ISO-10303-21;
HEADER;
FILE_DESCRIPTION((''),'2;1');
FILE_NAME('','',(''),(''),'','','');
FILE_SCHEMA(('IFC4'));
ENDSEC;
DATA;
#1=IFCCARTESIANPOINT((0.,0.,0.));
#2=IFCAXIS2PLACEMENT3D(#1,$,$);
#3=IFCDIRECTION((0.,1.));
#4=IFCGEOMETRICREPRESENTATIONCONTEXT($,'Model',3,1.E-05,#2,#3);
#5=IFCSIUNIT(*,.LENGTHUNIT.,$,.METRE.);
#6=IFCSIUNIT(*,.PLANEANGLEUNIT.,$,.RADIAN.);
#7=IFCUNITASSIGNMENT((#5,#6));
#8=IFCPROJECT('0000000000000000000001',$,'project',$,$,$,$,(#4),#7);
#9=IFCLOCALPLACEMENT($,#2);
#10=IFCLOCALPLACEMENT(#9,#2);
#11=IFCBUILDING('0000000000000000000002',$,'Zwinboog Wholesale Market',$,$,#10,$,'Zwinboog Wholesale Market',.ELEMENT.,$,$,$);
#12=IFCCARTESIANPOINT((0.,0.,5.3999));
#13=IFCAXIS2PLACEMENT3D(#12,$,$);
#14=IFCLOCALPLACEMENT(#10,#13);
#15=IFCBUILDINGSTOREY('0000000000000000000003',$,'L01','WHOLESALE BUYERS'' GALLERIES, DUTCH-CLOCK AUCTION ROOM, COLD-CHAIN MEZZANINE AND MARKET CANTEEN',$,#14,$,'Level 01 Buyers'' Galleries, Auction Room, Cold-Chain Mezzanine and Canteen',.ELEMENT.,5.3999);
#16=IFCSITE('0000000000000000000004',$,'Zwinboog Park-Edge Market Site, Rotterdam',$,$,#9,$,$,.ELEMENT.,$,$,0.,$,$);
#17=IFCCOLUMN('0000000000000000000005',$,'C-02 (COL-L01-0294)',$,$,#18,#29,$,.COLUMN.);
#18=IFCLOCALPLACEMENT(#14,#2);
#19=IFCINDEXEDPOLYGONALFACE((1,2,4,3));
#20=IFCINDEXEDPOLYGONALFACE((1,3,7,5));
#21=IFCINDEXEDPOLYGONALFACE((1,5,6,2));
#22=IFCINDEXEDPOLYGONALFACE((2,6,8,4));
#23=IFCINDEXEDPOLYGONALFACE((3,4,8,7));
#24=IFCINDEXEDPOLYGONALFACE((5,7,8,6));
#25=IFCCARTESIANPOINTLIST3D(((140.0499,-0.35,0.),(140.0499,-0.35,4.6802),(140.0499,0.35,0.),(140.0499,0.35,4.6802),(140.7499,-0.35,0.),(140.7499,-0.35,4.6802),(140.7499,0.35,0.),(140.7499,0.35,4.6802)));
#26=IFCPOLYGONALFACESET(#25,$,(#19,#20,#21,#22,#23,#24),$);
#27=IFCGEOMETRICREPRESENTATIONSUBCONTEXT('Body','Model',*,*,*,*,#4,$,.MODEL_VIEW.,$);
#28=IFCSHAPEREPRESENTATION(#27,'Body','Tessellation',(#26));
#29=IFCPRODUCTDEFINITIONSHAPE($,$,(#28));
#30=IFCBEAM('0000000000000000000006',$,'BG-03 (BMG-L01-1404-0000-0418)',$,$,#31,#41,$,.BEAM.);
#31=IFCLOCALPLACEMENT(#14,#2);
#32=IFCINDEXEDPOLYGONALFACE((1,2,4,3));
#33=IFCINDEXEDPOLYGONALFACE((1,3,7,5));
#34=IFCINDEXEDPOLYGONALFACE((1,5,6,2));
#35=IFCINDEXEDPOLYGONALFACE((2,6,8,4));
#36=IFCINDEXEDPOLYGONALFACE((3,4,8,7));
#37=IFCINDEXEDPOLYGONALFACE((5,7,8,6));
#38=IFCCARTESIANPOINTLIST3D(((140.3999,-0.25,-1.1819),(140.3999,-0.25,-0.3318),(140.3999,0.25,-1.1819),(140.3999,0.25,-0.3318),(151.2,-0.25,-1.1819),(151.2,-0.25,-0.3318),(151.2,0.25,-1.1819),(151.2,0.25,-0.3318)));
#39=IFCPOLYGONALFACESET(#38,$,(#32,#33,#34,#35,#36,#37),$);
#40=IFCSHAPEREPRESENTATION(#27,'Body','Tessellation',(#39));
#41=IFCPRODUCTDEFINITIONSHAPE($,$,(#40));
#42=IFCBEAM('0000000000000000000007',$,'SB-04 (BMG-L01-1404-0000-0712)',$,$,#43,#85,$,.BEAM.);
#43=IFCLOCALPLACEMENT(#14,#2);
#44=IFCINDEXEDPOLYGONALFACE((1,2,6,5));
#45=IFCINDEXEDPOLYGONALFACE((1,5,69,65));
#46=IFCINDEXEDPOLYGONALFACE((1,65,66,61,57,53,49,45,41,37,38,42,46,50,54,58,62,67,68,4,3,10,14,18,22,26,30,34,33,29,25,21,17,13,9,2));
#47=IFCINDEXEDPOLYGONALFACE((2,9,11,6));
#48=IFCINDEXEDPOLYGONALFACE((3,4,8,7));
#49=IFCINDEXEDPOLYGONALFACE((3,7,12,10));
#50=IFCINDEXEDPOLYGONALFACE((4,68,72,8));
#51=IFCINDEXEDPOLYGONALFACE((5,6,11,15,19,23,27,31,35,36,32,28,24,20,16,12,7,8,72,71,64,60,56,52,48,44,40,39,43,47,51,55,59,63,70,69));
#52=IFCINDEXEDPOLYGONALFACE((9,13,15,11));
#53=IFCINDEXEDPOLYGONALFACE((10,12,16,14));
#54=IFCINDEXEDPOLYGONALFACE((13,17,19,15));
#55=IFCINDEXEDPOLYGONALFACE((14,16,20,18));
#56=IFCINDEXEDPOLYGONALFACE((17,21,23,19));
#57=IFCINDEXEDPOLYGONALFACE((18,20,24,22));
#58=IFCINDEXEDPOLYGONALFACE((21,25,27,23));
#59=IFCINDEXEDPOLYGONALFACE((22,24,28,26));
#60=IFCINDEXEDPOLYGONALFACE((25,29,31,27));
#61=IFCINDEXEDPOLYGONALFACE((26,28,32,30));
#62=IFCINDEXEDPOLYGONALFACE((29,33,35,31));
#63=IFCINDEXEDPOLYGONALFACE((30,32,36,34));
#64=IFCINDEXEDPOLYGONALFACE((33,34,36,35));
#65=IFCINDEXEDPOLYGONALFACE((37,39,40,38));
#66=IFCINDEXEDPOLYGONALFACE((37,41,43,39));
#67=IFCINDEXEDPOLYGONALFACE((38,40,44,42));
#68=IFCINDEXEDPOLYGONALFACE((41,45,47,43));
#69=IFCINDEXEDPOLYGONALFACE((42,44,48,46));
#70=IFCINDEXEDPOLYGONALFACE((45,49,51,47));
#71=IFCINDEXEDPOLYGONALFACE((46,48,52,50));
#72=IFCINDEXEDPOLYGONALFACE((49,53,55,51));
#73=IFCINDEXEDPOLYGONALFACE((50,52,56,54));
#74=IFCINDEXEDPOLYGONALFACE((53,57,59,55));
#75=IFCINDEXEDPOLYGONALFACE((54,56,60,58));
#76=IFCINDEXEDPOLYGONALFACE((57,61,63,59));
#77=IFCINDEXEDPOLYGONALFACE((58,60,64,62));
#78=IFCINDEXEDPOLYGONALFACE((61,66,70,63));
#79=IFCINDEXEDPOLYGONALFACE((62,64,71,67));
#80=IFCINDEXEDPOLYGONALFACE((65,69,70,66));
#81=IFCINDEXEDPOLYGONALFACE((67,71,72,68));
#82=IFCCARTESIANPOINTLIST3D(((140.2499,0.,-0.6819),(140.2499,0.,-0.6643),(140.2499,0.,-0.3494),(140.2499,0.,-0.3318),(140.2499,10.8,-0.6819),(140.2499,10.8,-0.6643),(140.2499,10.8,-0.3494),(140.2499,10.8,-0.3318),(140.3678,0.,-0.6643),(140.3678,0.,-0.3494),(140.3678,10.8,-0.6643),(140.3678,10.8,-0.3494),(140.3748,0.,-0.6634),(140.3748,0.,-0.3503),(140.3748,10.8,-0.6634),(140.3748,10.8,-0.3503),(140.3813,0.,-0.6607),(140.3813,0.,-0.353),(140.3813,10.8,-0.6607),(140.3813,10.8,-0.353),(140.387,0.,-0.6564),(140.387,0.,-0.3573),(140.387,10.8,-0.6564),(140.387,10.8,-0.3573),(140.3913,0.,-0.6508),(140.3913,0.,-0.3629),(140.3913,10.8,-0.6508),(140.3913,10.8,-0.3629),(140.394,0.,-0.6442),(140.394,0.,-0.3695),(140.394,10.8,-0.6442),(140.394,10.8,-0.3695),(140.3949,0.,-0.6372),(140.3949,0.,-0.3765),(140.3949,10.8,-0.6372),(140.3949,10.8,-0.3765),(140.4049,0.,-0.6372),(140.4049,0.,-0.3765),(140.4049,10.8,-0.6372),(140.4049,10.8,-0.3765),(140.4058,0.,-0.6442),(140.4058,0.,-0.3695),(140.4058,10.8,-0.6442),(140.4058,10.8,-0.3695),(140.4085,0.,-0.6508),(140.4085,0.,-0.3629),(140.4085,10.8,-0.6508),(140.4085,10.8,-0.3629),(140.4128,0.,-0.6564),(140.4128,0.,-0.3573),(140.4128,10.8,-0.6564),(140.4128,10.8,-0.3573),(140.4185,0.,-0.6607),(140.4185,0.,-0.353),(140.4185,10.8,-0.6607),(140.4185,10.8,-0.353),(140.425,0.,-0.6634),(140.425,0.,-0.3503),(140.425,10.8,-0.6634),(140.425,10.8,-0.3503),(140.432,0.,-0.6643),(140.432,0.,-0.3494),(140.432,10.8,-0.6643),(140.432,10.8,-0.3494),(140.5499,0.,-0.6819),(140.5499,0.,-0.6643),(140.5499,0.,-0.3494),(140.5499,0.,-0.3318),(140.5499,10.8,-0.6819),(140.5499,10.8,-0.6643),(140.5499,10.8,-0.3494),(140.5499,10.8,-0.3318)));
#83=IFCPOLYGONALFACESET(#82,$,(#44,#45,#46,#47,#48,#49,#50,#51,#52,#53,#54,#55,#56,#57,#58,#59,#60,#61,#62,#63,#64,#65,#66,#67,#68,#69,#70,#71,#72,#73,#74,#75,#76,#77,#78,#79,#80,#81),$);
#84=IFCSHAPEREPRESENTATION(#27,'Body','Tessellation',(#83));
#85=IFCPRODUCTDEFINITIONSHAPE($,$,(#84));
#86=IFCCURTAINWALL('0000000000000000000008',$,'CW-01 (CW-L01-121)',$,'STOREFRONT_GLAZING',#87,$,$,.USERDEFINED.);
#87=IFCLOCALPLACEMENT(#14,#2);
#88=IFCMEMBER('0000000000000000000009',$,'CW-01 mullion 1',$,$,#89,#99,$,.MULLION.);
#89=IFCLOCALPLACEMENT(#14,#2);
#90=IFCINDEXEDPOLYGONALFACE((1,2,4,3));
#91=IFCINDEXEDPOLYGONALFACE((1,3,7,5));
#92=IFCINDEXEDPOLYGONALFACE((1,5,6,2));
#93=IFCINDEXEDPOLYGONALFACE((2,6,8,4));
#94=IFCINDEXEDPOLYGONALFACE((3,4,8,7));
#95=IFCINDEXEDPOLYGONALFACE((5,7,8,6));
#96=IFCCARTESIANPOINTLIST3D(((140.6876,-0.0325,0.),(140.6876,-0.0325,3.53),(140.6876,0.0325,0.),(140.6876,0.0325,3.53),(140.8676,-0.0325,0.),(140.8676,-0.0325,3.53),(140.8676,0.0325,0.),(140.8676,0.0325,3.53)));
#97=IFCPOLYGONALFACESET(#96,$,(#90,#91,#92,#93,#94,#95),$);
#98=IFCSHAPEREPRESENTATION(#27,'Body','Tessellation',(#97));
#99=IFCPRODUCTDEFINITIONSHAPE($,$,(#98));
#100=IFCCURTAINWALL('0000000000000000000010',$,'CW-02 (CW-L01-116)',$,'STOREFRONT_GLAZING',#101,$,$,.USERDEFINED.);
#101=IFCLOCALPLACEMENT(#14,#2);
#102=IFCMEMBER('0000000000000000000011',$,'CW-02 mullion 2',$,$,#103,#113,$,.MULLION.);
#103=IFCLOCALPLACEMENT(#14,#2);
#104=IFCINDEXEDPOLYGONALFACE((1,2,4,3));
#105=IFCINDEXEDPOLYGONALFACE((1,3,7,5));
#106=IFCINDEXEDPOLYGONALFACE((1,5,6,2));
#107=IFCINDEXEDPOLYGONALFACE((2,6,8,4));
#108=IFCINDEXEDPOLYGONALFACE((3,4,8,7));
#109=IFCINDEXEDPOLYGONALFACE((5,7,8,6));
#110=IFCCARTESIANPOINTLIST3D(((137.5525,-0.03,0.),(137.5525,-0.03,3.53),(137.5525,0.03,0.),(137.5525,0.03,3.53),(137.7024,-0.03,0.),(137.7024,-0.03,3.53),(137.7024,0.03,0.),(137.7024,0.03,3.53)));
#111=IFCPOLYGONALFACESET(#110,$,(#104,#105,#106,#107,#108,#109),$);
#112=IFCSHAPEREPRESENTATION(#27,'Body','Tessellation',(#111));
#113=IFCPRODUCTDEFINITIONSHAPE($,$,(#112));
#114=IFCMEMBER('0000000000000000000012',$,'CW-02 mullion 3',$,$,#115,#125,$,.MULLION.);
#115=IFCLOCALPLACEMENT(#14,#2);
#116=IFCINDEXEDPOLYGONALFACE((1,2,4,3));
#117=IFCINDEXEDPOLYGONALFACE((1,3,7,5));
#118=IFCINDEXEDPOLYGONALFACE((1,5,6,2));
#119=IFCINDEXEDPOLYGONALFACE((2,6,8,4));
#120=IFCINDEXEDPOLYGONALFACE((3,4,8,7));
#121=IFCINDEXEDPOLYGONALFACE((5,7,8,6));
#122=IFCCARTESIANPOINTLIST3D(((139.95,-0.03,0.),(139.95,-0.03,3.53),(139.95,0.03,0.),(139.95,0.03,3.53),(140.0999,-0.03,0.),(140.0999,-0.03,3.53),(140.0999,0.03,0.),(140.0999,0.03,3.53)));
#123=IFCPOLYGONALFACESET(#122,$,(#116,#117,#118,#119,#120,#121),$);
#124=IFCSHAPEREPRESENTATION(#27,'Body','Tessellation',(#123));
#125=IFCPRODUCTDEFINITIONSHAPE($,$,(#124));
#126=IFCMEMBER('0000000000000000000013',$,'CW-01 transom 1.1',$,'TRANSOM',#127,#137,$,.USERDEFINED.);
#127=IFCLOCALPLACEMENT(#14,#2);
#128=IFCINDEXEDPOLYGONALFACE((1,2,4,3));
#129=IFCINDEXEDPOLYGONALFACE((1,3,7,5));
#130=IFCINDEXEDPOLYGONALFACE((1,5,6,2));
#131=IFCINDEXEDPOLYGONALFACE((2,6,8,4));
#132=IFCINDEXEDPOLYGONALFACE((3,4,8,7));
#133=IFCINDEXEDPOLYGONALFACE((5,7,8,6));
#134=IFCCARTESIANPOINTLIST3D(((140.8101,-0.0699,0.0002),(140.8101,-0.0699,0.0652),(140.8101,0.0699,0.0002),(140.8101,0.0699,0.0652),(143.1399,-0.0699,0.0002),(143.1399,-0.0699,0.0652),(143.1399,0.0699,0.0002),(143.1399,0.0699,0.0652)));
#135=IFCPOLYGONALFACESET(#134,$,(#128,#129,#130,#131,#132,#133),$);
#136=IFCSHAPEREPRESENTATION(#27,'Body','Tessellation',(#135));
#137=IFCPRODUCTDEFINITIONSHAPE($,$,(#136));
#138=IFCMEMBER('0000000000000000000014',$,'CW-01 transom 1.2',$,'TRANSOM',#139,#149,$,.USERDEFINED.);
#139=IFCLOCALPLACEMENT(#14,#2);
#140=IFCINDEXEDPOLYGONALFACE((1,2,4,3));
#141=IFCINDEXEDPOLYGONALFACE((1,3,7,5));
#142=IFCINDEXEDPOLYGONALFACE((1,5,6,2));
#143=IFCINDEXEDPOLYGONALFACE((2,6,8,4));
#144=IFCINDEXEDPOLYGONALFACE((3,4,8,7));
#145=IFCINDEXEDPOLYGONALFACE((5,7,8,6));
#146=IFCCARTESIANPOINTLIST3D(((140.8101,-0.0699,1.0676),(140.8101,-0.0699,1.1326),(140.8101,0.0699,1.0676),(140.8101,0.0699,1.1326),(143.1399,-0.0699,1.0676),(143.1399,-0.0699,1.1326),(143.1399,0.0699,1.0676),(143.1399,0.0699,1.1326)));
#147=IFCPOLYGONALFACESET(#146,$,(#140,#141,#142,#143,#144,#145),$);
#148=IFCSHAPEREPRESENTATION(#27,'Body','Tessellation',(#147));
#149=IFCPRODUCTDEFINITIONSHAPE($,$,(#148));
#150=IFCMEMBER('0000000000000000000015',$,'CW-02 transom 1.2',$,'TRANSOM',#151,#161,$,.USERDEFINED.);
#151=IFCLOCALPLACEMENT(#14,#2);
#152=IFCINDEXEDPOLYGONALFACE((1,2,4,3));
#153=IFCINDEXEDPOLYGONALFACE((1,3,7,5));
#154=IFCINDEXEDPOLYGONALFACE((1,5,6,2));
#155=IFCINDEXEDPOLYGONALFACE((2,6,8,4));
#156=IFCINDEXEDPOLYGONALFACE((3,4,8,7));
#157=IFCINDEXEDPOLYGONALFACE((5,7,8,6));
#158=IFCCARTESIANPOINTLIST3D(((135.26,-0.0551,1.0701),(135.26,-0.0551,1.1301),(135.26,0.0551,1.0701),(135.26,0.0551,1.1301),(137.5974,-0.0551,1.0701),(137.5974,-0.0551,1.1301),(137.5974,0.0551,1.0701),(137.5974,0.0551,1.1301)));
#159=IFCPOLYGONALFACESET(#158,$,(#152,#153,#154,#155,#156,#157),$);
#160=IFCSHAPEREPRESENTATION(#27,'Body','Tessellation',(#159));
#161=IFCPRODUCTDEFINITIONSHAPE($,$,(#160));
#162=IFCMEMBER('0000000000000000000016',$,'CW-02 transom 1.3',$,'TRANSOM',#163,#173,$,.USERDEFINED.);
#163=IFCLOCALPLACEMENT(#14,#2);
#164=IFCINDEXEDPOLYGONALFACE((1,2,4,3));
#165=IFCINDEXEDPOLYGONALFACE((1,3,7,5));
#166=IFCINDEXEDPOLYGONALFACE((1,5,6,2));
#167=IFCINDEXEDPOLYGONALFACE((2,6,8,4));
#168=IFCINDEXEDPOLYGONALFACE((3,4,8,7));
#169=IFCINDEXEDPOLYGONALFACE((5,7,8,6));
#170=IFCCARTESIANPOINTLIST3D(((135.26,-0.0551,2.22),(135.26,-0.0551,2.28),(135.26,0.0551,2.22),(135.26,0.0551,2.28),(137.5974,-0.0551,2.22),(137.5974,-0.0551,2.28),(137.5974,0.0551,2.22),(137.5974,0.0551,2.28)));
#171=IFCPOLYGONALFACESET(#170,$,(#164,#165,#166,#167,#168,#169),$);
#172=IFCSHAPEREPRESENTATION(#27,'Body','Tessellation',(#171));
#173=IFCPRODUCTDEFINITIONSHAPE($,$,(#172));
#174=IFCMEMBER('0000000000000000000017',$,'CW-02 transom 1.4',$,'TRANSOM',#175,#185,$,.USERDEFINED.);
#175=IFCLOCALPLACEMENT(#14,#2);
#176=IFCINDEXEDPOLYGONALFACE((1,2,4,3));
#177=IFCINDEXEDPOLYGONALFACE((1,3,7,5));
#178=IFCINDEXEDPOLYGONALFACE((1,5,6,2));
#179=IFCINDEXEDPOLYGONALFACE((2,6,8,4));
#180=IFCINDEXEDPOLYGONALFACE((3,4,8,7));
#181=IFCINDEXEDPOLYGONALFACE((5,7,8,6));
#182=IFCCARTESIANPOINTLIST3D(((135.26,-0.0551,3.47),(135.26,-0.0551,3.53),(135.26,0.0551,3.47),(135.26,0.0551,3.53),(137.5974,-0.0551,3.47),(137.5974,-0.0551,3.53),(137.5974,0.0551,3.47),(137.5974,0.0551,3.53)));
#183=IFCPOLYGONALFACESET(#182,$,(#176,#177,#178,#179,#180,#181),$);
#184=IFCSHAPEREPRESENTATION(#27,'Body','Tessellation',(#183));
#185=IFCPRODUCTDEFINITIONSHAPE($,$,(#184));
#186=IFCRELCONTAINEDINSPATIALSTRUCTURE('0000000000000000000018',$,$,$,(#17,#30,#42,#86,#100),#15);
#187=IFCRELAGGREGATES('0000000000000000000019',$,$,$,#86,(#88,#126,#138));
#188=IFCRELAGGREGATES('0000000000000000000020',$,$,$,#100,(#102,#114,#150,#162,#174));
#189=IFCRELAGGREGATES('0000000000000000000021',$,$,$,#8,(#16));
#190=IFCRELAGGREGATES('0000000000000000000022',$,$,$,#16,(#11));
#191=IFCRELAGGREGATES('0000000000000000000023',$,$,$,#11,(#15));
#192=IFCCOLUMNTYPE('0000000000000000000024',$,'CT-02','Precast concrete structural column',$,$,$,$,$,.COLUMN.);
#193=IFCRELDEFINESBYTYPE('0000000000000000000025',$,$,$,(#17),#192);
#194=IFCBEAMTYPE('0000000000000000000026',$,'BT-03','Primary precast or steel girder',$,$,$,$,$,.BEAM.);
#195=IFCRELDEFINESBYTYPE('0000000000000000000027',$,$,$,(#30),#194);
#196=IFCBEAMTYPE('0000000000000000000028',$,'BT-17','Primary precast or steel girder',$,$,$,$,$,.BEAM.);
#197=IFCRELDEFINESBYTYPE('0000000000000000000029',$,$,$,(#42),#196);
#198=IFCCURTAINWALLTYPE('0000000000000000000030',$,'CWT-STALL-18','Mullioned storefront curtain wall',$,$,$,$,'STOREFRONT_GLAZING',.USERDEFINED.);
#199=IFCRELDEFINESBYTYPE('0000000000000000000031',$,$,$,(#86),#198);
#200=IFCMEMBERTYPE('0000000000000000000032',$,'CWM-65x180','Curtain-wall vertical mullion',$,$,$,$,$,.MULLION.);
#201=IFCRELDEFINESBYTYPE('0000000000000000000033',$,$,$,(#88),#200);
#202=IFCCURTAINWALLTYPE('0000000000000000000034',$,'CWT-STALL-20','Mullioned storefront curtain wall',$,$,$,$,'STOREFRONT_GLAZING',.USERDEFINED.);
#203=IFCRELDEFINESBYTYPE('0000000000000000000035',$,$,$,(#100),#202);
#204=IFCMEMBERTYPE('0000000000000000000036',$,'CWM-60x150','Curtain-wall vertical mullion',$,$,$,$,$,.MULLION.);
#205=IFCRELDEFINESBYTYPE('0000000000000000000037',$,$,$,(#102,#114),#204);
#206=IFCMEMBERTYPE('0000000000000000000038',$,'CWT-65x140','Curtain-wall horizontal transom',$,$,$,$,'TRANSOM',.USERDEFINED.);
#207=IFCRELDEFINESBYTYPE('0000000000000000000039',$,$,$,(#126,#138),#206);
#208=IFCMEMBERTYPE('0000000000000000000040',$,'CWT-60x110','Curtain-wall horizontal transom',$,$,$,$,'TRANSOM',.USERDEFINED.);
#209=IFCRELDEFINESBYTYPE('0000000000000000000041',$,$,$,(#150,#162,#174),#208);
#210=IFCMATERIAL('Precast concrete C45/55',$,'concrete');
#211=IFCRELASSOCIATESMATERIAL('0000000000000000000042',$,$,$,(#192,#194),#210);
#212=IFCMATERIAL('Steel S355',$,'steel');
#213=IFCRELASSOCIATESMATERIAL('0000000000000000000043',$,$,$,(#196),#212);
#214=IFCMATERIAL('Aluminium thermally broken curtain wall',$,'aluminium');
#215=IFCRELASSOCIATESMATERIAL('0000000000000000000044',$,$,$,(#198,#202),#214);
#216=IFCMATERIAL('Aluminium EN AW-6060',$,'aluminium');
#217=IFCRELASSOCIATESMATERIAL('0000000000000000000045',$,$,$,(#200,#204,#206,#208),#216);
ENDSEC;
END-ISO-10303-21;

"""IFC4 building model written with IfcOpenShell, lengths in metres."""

from ifc_helpers import new_model, si_unit, direction, frame, origin, origin_2d, place, context, subcontext, project, spatial, rectangle, i_section, extrude, material, material_profile, profile_set, type_object, element, aggregate, save


model = new_model("IFC4")

# Units and contexts
model_context = context("Model", 3, precision=1e-05, world=origin(), true_north=direction((0.0, 1.0)))
body_context = subcontext(model_context, "Body", "Model", "MODEL_VIEW")
ifc_project = project(units=[si_unit("LENGTHUNIT", "METRE"), si_unit("PLANEANGLEUNIT", "RADIAN")], contexts=[model_context])

# Site, building, storey
site_placement = place(None, origin())
site = spatial("IfcSite", under=ifc_project, at=site_placement, Name="Zwinboog Park-Edge Market Site, Rotterdam", CompositionType="ELEMENT", RefElevation=0.0)
building_placement = place(site_placement, origin())
building = spatial("IfcBuilding", under=site, at=building_placement, Name="Zwinboog Wholesale Market", LongName="Zwinboog Wholesale Market", CompositionType="ELEMENT")
storey_placement = place(building_placement, frame((0.0, 0.0, 5.3999)))
storey = spatial("IfcBuildingStorey", under=building, at=storey_placement, Name="L01", Description="WHOLESALE BUYERS' GALLERIES, DUTCH-CLOCK AUCTION ROOM, COLD-CHAIN MEZZANINE AND MARKET CANTEEN", LongName="Level 01 Buyers' Galleries, Auction Room, Cold-Chain Mezzanine and Canteen", CompositionType="ELEMENT", Elevation=5.3999)

# Column
ifc_material_1 = material(Name="Precast concrete C45/55", Category="concrete")
ifc_material_profile_1 = material_profile(ifc_material_1, rectangle(XDim=0.7, YDim=0.7, at=origin_2d()), Name="PC 700x700")
ifc_profile_set_1 = profile_set([ifc_material_profile_1], Name="Precast concrete C45/55")
column_type = type_object("IfcColumnType", Name="CT-02", Description="Precast concrete structural column", PredefinedType="COLUMN", material=ifc_profile_set_1)
column_placement = place(storey_placement, frame((140.3999, 0.0, 0.0), z_axis=(0.0, 0.0, 1.0), x_axis=(1.0, 0.0, 0.0)))
element("IfcColumn", 1, at=column_placement, inside=storey, type_object=column_type, Name="C-02 (COL-L01-0294)", PredefinedType="COLUMN", context=body_context, shape_type="SweptSolid", body=[
    extrude(rectangle(XDim=0.7, YDim=0.7, at=origin_2d()), origin(), (0.0, 0.0, 1.0), 4.6802),
])

# Beams
ifc_material_profile_2 = material_profile(ifc_material_1, rectangle(XDim=0.5, YDim=0.8501, at=origin_2d()), Name="PC 500x850")
ifc_profile_set_2 = profile_set([ifc_material_profile_2], Name="Precast concrete C45/55")
beam_type_1 = type_object("IfcBeamType", Name="BT-03", Description="Primary precast or steel girder", PredefinedType="BEAM", material=ifc_profile_set_2)
beam_1_placement = place(storey_placement, frame((140.3999, 0.0, -0.7568), z_axis=(1.0, 0.0, 0.0), x_axis=(0.0, 1.0, 0.0)))
element("IfcBeam", 2, at=beam_1_placement, inside=storey, type_object=beam_type_1, Name="BG-03 (BMG-L01-1404-0000-0418)", PredefinedType="BEAM", context=body_context, shape_type="SweptSolid", body=[
    extrude(rectangle(XDim=0.5, YDim=0.8501, at=origin_2d()), origin(), (0.0, 0.0, 1.0), 10.8),
])
ifc_material_2 = material(Name="Steel S355", Category="steel")
ifc_material_profile_3 = material_profile(ifc_material_2, i_section(OverallWidth=0.3, OverallDepth=0.3501, WebThickness=0.01, FlangeThickness=0.0176, FilletRadius=0.0271, at=origin_2d()), Name="HEA 360")
ifc_profile_set_3 = profile_set([ifc_material_profile_3], Name="Steel S355")
beam_type_2 = type_object("IfcBeamType", Name="BT-17", Description="Primary precast or steel girder", PredefinedType="BEAM", material=ifc_profile_set_3)
beam_2_placement = place(storey_placement, frame((140.3999, 0.0, -0.5068), z_axis=(0.0, 1.0, 0.0), x_axis=(-1.0, 0.0, 0.0)))
element("IfcBeam", 3, at=beam_2_placement, inside=storey, type_object=beam_type_2, Name="SB-04 (BMG-L01-1404-0000-0712)", PredefinedType="BEAM", context=body_context, shape_type="SweptSolid", body=[
    extrude(i_section(OverallWidth=0.3, OverallDepth=0.3501, WebThickness=0.01, FlangeThickness=0.0176, FilletRadius=0.0271, at=origin_2d()), origin(), (0.0, 0.0, 1.0), 10.8),
])

# Curtain wall, member
ifc_material_3 = material(Name="Aluminium thermally broken curtain wall", Category="aluminium")
curtain_wall_type_1 = type_object("IfcCurtainWallType", Name="CWT-STALL-18", Description="Mullioned storefront curtain wall", ElementType="STOREFRONT_GLAZING", PredefinedType="USERDEFINED", material=ifc_material_3)
curtain_wall_1_placement = place(storey_placement, origin())
curtain_wall_1 = element("IfcCurtainWall", 4, at=curtain_wall_1_placement, inside=storey, type_object=curtain_wall_type_1, Name="CW-01 (CW-L01-121)", ObjectType="STOREFRONT_GLAZING", PredefinedType="USERDEFINED")
ifc_material_4 = material(Name="Aluminium EN AW-6060", Category="aluminium")
ifc_material_profile_4 = material_profile(ifc_material_4, rectangle(XDim=0.0649, YDim=0.1799, at=origin_2d()), Name="AL 65x180")
ifc_profile_set_4 = profile_set([ifc_material_profile_4], Name="Aluminium EN AW-6060")
member_type_1 = type_object("IfcMemberType", Name="CWM-65x180", Description="Curtain-wall vertical mullion", PredefinedType="MULLION", material=ifc_profile_set_4)
member_1_placement = place(storey_placement, frame((140.7776, 0.0, 0.0), z_axis=(0.0, 0.0, 1.0), x_axis=(0.0, 1.0, 0.0)))
member_1 = element("IfcMember", 5, at=member_1_placement, type_object=member_type_1, Name="CW-01 mullion 1", PredefinedType="MULLION", context=body_context, shape_type="SweptSolid", body=[
    extrude(rectangle(XDim=0.0649, YDim=0.1799, at=origin_2d()), origin(), (0.0, 0.0, 1.0), 3.53),
])

# Curtain wall, members
curtain_wall_type_2 = type_object("IfcCurtainWallType", Name="CWT-STALL-20", Description="Mullioned storefront curtain wall", ElementType="STOREFRONT_GLAZING", PredefinedType="USERDEFINED", material=ifc_material_3)
curtain_wall_2_placement = place(storey_placement, origin())
curtain_wall_2 = element("IfcCurtainWall", 6, at=curtain_wall_2_placement, inside=storey, type_object=curtain_wall_type_2, Name="CW-02 (CW-L01-116)", ObjectType="STOREFRONT_GLAZING", PredefinedType="USERDEFINED")
ifc_material_profile_5 = material_profile(ifc_material_4, rectangle(XDim=0.0601, YDim=0.1499, at=origin_2d()), Name="AL 60x150")
ifc_profile_set_5 = profile_set([ifc_material_profile_5], Name="Aluminium EN AW-6060")
member_type_2 = type_object("IfcMemberType", Name="CWM-60x150", Description="Curtain-wall vertical mullion", PredefinedType="MULLION", material=ifc_profile_set_5)
member_2_placement = place(storey_placement, frame((137.6274, 0.0, 0.0), z_axis=(0.0, 0.0, 1.0), x_axis=(0.0, 1.0, 0.0)))
member_2 = element("IfcMember", 7, at=member_2_placement, type_object=member_type_2, Name="CW-02 mullion 2", PredefinedType="MULLION", context=body_context, shape_type="SweptSolid", body=[
    extrude(rectangle(XDim=0.0601, YDim=0.1499, at=origin_2d()), origin(), (0.0, 0.0, 1.0), 3.53),
])
member_3_placement = place(storey_placement, frame((140.0249, 0.0, 0.0), z_axis=(0.0, 0.0, 1.0), x_axis=(0.0, 1.0, 0.0)))
member_3 = element("IfcMember", 8, at=member_3_placement, type_object=member_type_2, Name="CW-02 mullion 3", PredefinedType="MULLION", context=body_context, shape_type="SweptSolid", body=[
    extrude(rectangle(XDim=0.0601, YDim=0.1499, at=origin_2d()), origin(), (0.0, 0.0, 1.0), 3.53),
])

# Members
ifc_material_profile_6 = material_profile(ifc_material_4, rectangle(XDim=0.1399, YDim=0.0649, at=origin_2d()), Name="AL 65x140")
ifc_profile_set_6 = profile_set([ifc_material_profile_6], Name="Aluminium EN AW-6060")
member_type_3 = type_object("IfcMemberType", Name="CWT-65x140", Description="Curtain-wall horizontal transom", ElementType="TRANSOM", PredefinedType="USERDEFINED", material=ifc_profile_set_6)
member_4_placement = place(storey_placement, frame((140.8101, 0.0, 0.0327), z_axis=(1.0, 0.0, 0.0), x_axis=(0.0, 1.0, 0.0)))
member_4 = element("IfcMember", 9, at=member_4_placement, type_object=member_type_3, Name="CW-01 transom 1.1", ObjectType="TRANSOM", PredefinedType="USERDEFINED", context=body_context, shape_type="SweptSolid", body=[
    extrude(rectangle(XDim=0.1399, YDim=0.0649, at=origin_2d()), origin(), (0.0, 0.0, 1.0), 2.3298),
])
member_5_placement = place(storey_placement, frame((140.8101, 0.0, 1.1001), z_axis=(1.0, 0.0, 0.0), x_axis=(0.0, 1.0, 0.0)))
member_5 = element("IfcMember", 10, at=member_5_placement, type_object=member_type_3, Name="CW-01 transom 1.2", ObjectType="TRANSOM", PredefinedType="USERDEFINED", context=body_context, shape_type="SweptSolid", body=[
    extrude(rectangle(XDim=0.1399, YDim=0.0649, at=origin_2d()), origin(), (0.0, 0.0, 1.0), 2.3298),
])
aggregate(curtain_wall_1, [member_1, member_4, member_5])
ifc_material_profile_7 = material_profile(ifc_material_4, rectangle(XDim=0.1101, YDim=0.0601, at=origin_2d()), Name="AL 60x110")
ifc_profile_set_7 = profile_set([ifc_material_profile_7], Name="Aluminium EN AW-6060")
member_type_4 = type_object("IfcMemberType", Name="CWT-60x110", Description="Curtain-wall horizontal transom", ElementType="TRANSOM", PredefinedType="USERDEFINED", material=ifc_profile_set_7)
member_6_placement = place(storey_placement, frame((135.26, 0.0, 1.1001), z_axis=(1.0, 0.0, 0.0), x_axis=(0.0, 1.0, 0.0)))
member_6 = element("IfcMember", 11, at=member_6_placement, type_object=member_type_4, Name="CW-02 transom 1.2", ObjectType="TRANSOM", PredefinedType="USERDEFINED", context=body_context, shape_type="SweptSolid", body=[
    extrude(rectangle(XDim=0.1101, YDim=0.0601, at=origin_2d()), origin(), (0.0, 0.0, 1.0), 2.3374),
])
member_7_placement = place(storey_placement, frame((135.26, 0.0, 2.25), z_axis=(1.0, 0.0, 0.0), x_axis=(0.0, 1.0, 0.0)))
member_7 = element("IfcMember", 12, at=member_7_placement, type_object=member_type_4, Name="CW-02 transom 1.3", ObjectType="TRANSOM", PredefinedType="USERDEFINED", context=body_context, shape_type="SweptSolid", body=[
    extrude(rectangle(XDim=0.1101, YDim=0.0601, at=origin_2d()), origin(), (0.0, 0.0, 1.0), 2.3374),
])
member_8_placement = place(storey_placement, frame((135.26, 0.0, 3.5), z_axis=(1.0, 0.0, 0.0), x_axis=(0.0, 1.0, 0.0)))
member_8 = element("IfcMember", 13, at=member_8_placement, type_object=member_type_4, Name="CW-02 transom 1.4", ObjectType="TRANSOM", PredefinedType="USERDEFINED", context=body_context, shape_type="SweptSolid", body=[
    extrude(rectangle(XDim=0.1101, YDim=0.0601, at=origin_2d()), origin(), (0.0, 0.0, 1.0), 2.3374),
])

aggregate(curtain_wall_2, [member_2, member_3, member_6, member_7, member_8])

save(model, "model.ifc")
